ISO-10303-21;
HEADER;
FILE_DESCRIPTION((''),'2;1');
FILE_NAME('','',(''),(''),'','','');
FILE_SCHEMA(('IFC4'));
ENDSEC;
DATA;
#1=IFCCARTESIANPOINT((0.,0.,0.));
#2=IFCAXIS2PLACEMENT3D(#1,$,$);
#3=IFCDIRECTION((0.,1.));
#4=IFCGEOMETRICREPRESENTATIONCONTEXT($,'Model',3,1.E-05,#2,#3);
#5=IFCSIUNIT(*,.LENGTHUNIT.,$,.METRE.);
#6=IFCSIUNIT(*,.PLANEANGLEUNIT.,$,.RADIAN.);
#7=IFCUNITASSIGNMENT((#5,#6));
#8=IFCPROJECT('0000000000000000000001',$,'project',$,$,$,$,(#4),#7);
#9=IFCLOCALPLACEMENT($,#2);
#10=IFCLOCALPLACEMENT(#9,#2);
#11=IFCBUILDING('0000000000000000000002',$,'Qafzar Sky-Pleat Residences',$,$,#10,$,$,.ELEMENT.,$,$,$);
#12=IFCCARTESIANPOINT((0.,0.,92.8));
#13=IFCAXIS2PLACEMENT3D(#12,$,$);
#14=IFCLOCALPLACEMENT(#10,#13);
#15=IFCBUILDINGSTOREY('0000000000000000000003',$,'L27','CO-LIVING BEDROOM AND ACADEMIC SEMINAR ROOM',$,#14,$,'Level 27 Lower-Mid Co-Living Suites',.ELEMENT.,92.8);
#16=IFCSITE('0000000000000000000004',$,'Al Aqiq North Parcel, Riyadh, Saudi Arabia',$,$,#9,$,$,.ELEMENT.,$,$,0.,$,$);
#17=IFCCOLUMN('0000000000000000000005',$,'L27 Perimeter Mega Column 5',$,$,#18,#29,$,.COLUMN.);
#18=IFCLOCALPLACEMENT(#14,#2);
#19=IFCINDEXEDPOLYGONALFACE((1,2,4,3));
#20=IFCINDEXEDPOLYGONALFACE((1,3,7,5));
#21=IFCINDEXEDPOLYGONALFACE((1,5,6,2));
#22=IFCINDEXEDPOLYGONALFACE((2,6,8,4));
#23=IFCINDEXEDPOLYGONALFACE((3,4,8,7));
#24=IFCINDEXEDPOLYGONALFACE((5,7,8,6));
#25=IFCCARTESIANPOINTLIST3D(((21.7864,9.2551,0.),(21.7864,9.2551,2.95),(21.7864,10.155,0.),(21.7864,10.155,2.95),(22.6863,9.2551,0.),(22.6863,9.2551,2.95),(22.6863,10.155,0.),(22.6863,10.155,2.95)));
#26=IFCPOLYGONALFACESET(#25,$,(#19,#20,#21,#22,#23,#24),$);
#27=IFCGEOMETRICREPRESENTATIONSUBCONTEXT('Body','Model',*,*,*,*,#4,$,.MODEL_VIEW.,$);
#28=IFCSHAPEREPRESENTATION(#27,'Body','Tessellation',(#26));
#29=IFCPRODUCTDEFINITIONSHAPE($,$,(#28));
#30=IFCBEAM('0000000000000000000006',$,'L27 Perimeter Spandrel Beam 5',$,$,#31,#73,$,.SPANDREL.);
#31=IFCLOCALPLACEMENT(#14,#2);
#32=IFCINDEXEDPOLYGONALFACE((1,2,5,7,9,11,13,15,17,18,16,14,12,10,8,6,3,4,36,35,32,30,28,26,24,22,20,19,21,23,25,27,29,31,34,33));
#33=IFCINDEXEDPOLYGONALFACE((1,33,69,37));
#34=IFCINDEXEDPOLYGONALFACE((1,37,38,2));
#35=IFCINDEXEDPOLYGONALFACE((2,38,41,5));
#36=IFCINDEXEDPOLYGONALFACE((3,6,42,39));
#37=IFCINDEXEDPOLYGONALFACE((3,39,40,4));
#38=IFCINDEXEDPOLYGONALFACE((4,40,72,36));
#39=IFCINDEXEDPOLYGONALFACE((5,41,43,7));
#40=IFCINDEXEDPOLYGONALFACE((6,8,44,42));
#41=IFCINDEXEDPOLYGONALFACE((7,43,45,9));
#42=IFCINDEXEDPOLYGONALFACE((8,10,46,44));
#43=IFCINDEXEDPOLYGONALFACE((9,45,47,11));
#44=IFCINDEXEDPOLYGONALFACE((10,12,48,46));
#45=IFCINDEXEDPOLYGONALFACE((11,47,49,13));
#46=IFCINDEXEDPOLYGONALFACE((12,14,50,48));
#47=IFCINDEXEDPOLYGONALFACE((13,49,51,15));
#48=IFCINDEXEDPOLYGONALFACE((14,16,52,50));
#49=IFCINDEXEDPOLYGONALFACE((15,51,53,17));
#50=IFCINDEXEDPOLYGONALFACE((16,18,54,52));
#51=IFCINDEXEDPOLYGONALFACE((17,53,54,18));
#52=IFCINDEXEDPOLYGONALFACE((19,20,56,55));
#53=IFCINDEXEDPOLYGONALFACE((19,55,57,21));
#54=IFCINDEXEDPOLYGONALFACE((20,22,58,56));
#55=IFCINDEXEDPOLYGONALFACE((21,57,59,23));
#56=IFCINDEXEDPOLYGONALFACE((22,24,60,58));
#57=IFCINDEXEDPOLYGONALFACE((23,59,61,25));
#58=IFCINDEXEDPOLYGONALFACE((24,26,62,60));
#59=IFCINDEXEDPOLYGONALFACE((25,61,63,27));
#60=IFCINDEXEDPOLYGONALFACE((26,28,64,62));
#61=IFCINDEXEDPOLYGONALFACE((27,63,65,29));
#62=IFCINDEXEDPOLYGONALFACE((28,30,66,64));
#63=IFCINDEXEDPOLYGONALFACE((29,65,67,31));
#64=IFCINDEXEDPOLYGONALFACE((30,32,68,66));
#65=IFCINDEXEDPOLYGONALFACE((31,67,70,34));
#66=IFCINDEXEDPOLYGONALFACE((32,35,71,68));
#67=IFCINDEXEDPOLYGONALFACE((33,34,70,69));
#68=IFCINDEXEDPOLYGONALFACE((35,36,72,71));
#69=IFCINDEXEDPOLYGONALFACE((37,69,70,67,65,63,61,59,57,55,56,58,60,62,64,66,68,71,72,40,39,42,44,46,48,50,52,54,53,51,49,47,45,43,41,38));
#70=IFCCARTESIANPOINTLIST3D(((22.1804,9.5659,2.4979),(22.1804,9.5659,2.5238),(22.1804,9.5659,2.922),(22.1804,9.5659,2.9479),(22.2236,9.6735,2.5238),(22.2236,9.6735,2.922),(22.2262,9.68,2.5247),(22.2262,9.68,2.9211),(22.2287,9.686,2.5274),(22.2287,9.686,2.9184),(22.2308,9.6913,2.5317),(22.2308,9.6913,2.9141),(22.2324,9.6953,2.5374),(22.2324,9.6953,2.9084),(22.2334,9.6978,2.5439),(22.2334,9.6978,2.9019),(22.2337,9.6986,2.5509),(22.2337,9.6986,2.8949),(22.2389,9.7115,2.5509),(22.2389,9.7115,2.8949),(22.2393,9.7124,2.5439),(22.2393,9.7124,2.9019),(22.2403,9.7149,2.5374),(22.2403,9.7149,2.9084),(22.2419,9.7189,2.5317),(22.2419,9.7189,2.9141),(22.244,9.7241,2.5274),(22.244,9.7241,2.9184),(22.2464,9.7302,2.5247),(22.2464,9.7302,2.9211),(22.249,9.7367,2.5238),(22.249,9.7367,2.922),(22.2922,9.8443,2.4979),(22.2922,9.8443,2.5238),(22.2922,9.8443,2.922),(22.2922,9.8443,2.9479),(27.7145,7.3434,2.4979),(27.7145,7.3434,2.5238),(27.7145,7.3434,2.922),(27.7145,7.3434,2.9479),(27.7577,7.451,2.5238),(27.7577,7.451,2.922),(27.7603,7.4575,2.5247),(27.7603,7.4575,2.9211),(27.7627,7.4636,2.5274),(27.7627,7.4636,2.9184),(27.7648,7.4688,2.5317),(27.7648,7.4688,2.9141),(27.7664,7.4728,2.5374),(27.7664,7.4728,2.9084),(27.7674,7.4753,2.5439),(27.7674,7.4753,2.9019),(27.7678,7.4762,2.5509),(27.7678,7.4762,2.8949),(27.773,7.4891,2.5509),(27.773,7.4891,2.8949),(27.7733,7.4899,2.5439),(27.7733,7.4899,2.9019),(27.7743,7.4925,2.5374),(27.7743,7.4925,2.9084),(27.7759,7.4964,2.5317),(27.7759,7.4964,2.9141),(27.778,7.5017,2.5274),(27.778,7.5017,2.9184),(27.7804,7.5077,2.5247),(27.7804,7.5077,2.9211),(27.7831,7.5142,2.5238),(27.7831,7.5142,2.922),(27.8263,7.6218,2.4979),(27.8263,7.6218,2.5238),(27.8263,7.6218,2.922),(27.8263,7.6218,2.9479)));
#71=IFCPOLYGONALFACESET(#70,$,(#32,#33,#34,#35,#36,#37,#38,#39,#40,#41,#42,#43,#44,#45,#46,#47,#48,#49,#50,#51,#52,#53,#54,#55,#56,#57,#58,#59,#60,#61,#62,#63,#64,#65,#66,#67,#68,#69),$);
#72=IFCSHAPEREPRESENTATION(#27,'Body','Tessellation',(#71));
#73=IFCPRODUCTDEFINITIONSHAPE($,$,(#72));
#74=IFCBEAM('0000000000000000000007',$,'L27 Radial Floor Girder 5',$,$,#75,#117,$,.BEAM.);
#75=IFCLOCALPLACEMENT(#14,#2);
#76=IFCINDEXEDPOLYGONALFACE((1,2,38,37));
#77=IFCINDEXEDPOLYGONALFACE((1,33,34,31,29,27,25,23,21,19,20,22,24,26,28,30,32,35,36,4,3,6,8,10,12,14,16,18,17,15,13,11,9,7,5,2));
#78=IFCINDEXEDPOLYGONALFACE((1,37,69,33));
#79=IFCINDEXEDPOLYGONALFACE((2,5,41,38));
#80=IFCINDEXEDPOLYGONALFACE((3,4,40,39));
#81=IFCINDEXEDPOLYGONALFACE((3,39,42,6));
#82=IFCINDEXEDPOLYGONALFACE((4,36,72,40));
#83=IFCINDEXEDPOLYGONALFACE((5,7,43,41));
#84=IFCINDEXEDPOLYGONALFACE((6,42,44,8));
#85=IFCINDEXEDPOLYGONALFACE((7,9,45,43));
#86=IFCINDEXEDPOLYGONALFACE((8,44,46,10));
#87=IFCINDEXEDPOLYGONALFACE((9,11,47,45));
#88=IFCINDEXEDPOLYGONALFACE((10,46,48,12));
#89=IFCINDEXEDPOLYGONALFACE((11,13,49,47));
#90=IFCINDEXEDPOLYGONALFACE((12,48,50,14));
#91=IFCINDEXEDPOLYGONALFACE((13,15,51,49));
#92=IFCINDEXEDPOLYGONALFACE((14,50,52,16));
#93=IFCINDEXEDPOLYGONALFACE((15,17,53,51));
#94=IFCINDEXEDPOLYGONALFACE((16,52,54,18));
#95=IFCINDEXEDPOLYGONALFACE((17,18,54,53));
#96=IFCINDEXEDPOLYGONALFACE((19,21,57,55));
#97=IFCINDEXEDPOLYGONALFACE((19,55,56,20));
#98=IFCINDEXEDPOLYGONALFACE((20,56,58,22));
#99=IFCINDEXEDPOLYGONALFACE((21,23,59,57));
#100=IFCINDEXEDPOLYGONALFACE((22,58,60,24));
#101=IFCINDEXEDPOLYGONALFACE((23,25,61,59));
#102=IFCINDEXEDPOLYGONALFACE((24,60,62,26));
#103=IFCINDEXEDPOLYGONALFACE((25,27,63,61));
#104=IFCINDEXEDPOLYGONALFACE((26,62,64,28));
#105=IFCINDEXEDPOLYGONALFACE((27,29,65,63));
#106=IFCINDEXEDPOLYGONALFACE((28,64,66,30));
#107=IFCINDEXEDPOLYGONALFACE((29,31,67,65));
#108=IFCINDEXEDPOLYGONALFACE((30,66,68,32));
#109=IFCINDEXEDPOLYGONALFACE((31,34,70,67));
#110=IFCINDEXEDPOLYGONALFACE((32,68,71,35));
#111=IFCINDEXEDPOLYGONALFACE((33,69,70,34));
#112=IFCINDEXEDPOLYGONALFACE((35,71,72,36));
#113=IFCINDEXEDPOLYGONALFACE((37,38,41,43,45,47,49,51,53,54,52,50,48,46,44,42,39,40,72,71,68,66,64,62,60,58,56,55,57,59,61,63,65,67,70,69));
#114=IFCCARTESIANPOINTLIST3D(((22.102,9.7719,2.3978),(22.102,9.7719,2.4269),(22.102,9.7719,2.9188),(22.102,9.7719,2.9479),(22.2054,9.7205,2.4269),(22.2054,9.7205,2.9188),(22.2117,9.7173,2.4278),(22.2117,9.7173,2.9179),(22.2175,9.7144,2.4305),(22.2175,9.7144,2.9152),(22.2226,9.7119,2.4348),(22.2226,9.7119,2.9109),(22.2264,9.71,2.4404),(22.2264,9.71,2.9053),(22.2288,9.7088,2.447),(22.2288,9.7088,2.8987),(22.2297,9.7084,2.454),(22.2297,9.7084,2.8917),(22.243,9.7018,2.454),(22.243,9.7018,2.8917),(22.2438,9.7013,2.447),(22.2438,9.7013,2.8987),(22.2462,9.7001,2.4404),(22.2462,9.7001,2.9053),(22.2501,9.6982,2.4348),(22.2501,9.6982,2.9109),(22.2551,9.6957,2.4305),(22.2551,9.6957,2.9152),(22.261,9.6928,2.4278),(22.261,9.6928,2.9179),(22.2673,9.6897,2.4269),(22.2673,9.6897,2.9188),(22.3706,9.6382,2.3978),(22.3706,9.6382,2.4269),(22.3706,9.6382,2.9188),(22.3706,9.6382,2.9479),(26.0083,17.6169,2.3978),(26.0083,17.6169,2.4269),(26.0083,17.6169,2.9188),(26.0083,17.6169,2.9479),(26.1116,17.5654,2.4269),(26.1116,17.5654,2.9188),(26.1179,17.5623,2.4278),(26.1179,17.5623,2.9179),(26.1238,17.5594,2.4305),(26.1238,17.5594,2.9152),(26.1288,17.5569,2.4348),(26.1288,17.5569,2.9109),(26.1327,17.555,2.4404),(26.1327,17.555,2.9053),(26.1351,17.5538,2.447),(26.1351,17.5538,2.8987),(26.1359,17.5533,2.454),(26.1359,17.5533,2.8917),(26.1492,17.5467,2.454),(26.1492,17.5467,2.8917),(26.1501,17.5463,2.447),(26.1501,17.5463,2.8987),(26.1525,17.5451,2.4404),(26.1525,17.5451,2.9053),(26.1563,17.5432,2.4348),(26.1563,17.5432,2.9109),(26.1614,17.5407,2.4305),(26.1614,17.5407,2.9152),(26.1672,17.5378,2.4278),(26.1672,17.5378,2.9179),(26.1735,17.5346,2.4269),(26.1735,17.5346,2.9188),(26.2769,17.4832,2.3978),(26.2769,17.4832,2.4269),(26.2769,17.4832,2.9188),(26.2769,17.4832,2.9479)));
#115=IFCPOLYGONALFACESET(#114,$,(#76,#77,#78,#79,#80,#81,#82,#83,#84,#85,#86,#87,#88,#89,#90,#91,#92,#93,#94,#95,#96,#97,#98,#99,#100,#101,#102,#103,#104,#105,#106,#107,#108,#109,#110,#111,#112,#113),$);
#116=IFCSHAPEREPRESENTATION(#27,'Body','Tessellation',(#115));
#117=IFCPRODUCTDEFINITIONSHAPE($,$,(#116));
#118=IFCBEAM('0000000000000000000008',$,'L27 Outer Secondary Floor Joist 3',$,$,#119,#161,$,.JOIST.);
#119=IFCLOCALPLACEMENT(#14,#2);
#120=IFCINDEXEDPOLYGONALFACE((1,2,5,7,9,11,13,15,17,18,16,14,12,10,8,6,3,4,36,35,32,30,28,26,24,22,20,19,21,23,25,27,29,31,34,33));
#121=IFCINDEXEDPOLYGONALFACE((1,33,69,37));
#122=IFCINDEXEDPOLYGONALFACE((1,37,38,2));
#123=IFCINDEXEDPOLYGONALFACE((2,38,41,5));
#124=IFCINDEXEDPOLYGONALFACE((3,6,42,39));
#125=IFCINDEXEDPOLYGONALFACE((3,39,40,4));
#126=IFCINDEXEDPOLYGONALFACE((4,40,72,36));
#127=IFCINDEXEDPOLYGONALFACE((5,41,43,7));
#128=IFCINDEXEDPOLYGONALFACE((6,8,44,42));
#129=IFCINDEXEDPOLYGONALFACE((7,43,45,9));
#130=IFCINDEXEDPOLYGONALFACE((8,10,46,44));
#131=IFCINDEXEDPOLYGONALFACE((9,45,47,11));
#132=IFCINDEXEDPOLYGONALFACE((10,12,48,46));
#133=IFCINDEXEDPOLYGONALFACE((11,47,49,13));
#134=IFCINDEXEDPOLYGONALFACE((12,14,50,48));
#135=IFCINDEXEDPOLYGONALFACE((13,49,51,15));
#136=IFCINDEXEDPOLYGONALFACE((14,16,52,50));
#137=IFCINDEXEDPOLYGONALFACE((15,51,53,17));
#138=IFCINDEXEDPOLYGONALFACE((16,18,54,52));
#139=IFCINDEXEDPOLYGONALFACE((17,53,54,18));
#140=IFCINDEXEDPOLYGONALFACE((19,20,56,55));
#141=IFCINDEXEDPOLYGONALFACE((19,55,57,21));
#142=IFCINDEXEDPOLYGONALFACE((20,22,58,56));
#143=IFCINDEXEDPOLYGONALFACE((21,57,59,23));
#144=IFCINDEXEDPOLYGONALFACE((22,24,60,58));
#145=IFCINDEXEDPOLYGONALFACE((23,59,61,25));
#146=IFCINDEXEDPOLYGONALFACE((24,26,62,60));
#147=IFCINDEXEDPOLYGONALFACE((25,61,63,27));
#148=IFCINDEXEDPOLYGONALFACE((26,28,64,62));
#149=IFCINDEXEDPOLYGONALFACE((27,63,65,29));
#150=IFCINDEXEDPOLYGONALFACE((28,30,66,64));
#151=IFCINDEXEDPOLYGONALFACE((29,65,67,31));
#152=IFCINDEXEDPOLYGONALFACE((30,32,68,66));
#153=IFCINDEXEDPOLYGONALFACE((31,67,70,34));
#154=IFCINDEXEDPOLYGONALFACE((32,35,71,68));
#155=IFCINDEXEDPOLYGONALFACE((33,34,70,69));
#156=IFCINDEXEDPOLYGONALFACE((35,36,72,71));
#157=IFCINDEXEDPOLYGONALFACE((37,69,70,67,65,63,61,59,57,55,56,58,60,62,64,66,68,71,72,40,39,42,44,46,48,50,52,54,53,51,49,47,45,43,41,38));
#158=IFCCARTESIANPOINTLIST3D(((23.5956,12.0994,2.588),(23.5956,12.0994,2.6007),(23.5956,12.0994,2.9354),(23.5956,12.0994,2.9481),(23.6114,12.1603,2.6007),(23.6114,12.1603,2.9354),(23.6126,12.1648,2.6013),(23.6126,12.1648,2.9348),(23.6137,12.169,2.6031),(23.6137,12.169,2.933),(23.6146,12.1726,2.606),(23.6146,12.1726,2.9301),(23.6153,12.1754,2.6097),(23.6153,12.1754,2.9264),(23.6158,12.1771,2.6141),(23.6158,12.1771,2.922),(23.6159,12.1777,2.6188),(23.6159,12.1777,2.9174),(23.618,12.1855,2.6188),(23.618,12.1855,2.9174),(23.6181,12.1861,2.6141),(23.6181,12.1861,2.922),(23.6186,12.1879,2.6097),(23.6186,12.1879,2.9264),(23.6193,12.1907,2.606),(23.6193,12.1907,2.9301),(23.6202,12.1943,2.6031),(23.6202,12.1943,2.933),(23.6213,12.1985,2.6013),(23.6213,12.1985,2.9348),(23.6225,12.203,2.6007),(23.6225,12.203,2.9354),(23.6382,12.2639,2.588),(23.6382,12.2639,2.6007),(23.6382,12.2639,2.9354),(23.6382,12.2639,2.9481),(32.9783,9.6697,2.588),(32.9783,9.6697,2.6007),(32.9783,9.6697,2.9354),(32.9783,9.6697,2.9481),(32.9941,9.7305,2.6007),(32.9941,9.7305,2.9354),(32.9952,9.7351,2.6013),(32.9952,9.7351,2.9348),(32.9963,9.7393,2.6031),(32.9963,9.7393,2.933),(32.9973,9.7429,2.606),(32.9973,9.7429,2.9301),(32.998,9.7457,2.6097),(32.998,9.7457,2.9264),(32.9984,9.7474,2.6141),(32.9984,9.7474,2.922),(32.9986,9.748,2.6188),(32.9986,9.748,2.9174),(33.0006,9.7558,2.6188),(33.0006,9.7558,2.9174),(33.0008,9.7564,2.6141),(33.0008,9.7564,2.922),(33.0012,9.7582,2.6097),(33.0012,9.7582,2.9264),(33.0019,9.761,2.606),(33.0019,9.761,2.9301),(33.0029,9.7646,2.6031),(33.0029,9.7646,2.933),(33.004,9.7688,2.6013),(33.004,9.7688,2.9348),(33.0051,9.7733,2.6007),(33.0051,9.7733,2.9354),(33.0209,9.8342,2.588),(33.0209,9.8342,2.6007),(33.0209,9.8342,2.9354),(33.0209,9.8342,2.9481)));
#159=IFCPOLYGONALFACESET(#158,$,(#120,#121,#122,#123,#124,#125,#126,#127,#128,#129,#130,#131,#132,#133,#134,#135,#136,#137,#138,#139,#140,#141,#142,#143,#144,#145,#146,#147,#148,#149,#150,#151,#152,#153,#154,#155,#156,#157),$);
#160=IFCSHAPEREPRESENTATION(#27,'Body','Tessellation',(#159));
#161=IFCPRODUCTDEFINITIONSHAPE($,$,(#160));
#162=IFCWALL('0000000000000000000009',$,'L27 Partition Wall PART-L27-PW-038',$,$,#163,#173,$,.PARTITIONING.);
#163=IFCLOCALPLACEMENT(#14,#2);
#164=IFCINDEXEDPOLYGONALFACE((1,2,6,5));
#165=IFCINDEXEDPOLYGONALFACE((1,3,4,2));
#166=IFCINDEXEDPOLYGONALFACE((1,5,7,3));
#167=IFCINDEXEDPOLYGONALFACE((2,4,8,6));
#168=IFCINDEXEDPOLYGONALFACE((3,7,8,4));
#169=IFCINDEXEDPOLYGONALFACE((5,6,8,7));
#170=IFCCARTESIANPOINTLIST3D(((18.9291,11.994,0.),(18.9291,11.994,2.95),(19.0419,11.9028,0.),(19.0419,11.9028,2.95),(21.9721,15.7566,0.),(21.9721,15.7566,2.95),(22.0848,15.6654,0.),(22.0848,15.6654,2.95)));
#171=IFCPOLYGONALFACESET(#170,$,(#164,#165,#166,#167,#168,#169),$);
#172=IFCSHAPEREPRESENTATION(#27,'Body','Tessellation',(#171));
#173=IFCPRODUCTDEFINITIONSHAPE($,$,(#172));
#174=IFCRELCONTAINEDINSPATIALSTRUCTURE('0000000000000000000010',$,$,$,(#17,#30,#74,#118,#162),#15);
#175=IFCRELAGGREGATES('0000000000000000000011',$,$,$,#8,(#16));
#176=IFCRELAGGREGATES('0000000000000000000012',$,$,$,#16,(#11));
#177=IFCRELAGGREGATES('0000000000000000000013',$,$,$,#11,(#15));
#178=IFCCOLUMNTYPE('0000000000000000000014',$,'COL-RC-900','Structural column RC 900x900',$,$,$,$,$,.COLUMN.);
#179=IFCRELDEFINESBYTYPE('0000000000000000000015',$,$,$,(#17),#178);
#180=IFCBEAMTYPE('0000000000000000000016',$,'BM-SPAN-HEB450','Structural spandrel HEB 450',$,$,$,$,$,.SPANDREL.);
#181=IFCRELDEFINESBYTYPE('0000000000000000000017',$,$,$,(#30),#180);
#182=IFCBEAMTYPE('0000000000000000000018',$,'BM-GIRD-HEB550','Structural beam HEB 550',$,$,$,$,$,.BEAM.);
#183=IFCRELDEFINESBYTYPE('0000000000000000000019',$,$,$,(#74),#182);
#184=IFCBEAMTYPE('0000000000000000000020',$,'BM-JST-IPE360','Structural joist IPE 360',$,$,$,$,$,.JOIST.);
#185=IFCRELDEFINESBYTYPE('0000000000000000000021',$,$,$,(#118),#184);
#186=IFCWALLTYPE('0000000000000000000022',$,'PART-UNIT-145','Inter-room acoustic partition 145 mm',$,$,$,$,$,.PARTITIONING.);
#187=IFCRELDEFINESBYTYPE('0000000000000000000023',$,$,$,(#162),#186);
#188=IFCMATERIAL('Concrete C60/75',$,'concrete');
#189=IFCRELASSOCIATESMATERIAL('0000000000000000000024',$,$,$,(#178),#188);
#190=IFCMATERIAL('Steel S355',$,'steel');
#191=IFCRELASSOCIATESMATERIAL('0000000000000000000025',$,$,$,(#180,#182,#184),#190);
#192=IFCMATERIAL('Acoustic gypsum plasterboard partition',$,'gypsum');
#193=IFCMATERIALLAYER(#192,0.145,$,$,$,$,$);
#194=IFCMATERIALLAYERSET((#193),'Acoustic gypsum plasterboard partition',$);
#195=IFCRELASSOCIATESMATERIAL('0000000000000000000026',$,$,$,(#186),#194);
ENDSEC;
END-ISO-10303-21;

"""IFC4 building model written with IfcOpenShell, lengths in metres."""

from ifc_helpers import new_model, si_unit, direction, frame, frame_2d, origin, origin_2d, place, context, subcontext, project, spatial, rectangle, i_section, extrude, source, transform, mapped, material, layer, layer_set, material_profile, profile_set, type_object, element, save


model = new_model("IFC4")

# Units and contexts
model_context = context("Model", 3, precision=1e-05, world=origin(), true_north=direction((0.0, 1.0)))
body_context = subcontext(model_context, "Body", "Model", "MODEL_VIEW")
ifc_project = project(units=[si_unit("LENGTHUNIT", "METRE"), si_unit("PLANEANGLEUNIT", "RADIAN")], contexts=[model_context])

# Site, building, storey
site_placement = place(None, origin())
site = spatial("IfcSite", under=ifc_project, at=site_placement, Name="Al Aqiq North Parcel, Riyadh, Saudi Arabia", CompositionType="ELEMENT", RefElevation=0.0)
building_placement = place(site_placement, origin())
building = spatial("IfcBuilding", under=site, at=building_placement, Name="Qafzar Sky-Pleat Residences", CompositionType="ELEMENT")
storey_placement = place(building_placement, frame((0.0, 0.0, 92.8)))
storey = spatial("IfcBuildingStorey", under=building, at=storey_placement, Name="L27", Description="CO-LIVING BEDROOM AND ACADEMIC SEMINAR ROOM", LongName="Level 27 Lower-Mid Co-Living Suites", CompositionType="ELEMENT", Elevation=92.8)

# Column
ifc_material_1 = material(Name="Concrete C60/75", Category="concrete")
ifc_material_profile_1 = material_profile(ifc_material_1, rectangle(XDim=0.8999, YDim=0.8999, at=origin_2d()), Name="RC 900x900")
ifc_profile_set_1 = profile_set([ifc_material_profile_1], Name="Concrete C60/75")
column_type = type_object("IfcColumnType", Name="COL-RC-900", Description="Structural column RC 900x900", PredefinedType="COLUMN", material=ifc_profile_set_1)
shared_shape_1 = source(origin(), body_context, "Body", "SweptSolid", [
    extrude(rectangle(XDim=0.8999, YDim=0.8999, at=origin_2d()), origin(), (0.0, 0.0, 1.0), 2.95),
])
column_placement = place(storey_placement, frame((22.2363, 9.7051, 0.0), z_axis=(0.0, 0.0, 1.0), x_axis=(1.0, 0.0, 0.0)))
element("IfcColumn", 1, at=column_placement, inside=storey, type_object=column_type, Name="L27 Perimeter Mega Column 5", PredefinedType="COLUMN", context=body_context, shape_type="MappedRepresentation", body=[
    mapped(shared_shape_1, transform((0.0, 0.0, 0.0), x_axis=(1.0, 0.0, 0.0), y_axis=(0.0, 1.0, 0.0), z_axis=(0.0, 0.0, 1.0), scale=1.0)),
])

# Beams
ifc_material_2 = material(Name="Steel S355", Category="steel")
ifc_material_profile_2 = material_profile(ifc_material_2, i_section(OverallWidth=0.3, OverallDepth=0.45, WebThickness=0.0139, FlangeThickness=0.0259, FilletRadius=0.0271, at=origin_2d()), Name="HEB 450")
ifc_profile_set_2 = profile_set([ifc_material_profile_2], Name="Steel S355")
beam_type_1 = type_object("IfcBeamType", Name="BM-SPAN-HEB450", Description="Structural spandrel HEB 450", PredefinedType="SPANDREL", material=ifc_profile_set_2)
shared_shape_2 = source(origin(), body_context, "Body", "SweptSolid", [
    extrude(i_section(OverallWidth=0.3, OverallDepth=0.45, WebThickness=0.0139, FlangeThickness=0.0259, FilletRadius=0.0271, at=origin_2d()), origin(), (0.0, 0.0, 1.0), 5.9636),
])
beam_1_placement = place(storey_placement, frame((22.2363, 9.7051, 2.7229), z_axis=(0.927965, -0.372668, 0.0), x_axis=(0.372668, 0.927965, 0.0)))
element("IfcBeam", 2, at=beam_1_placement, inside=storey, type_object=beam_type_1, Name="L27 Perimeter Spandrel Beam 5", PredefinedType="SPANDREL", context=body_context, shape_type="MappedRepresentation", body=[
    mapped(shared_shape_2, transform((0.0, 0.0, 0.0), x_axis=(1.0, 0.0, 0.0), y_axis=(0.0, 1.0, 0.0), z_axis=(0.0, 0.0, 1.0), scale=1.0)),
])
ifc_material_profile_3 = material_profile(ifc_material_2, i_section(OverallWidth=0.3, OverallDepth=0.55, WebThickness=0.0149, FlangeThickness=0.0291, FilletRadius=0.0271, at=origin_2d()), Name="HEB 550")
ifc_profile_set_3 = profile_set([ifc_material_profile_3], Name="Steel S355")
beam_type_2 = type_object("IfcBeamType", Name="BM-GIRD-HEB550", Description="Structural beam HEB 550", PredefinedType="BEAM", material=ifc_profile_set_3)
shared_shape_3 = source(origin(), body_context, "Body", "SweptSolid", [
    extrude(i_section(OverallWidth=0.3, OverallDepth=0.55, WebThickness=0.0149, FlangeThickness=0.0291, FilletRadius=0.0271, at=origin_2d()), origin(), (0.0, 0.0, 1.0), 8.7637),
])
beam_2_placement = place(storey_placement, frame((22.2363, 9.7051, 2.6729), z_axis=(0.445731, 0.895167, 0.0), x_axis=(-0.895167, 0.445731, 0.0)))
element("IfcBeam", 3, at=beam_2_placement, inside=storey, type_object=beam_type_2, Name="L27 Radial Floor Girder 5", PredefinedType="BEAM", context=body_context, shape_type="MappedRepresentation", body=[
    mapped(shared_shape_3, transform((0.0, 0.0, 0.0), x_axis=(1.0, 0.0, 0.0), y_axis=(0.0, 1.0, 0.0), z_axis=(0.0, 0.0, 1.0), scale=1.0)),
])
ifc_material_profile_4 = material_profile(ifc_material_2, i_section(OverallWidth=0.1699, OverallDepth=0.3601, WebThickness=0.0081, FlangeThickness=0.0127, FilletRadius=0.0181, at=origin_2d()), Name="IPE 360")
ifc_profile_set_4 = profile_set([ifc_material_profile_4], Name="Steel S355")
beam_type_3 = type_object("IfcBeamType", Name="BM-JST-IPE360", Description="Structural joist IPE 360", PredefinedType="JOIST", material=ifc_profile_set_4)
shared_shape_4 = source(origin(), body_context, "Body", "SweptSolid", [
    extrude(i_section(OverallWidth=0.1699, OverallDepth=0.3601, WebThickness=0.0081, FlangeThickness=0.0127, FilletRadius=0.0181, at=origin_2d()), origin(), (0.0, 0.0, 1.0), 9.6921),
])
beam_3_placement = place(storey_placement, frame((23.6169, 12.1816, 2.7681), z_axis=(0.968068, -0.250689, 0.0), x_axis=(0.250689, 0.968068, 0.0)))
element("IfcBeam", 4, at=beam_3_placement, inside=storey, type_object=beam_type_3, Name="L27 Outer Secondary Floor Joist 3", PredefinedType="JOIST", context=body_context, shape_type="MappedRepresentation", body=[
    mapped(shared_shape_4, transform((0.0, 0.0, 0.0), x_axis=(1.0, 0.0, 0.0), y_axis=(0.0, 1.0, 0.0), z_axis=(0.0, 0.0, 1.0), scale=1.0)),
])

# Wall
ifc_material_3 = material(Name="Acoustic gypsum plasterboard partition", Category="gypsum")
ifc_layer_1 = layer(ifc_material_3, 0.145)
ifc_layer_set_1 = layer_set([ifc_layer_1], Name="Acoustic gypsum plasterboard partition")
wall_type_1 = type_object("IfcWallType", Name="PART-UNIT-145", Description="Inter-room acoustic partition 145 mm", PredefinedType="PARTITIONING", material=ifc_layer_set_1)
wall_1_placement = place(storey_placement, frame((18.9856, 11.9485, 0.0), z_axis=(0.0, 0.0, 1.0), x_axis=(0.628821, 0.77755, 0.0)))
element("IfcWall", 5, at=wall_1_placement, inside=storey, type_object=wall_type_1, Name="L27 Partition Wall PART-L27-PW-038", PredefinedType="PARTITIONING", context=body_context, shape_type="SweptSolid", body=[
    extrude(rectangle(XDim=4.8391, YDim=0.145, at=frame_2d((2.4194, 0.0))), origin(), (0.0, 0.0, 1.0), 2.95),
])

save(model, "model.ifc")
